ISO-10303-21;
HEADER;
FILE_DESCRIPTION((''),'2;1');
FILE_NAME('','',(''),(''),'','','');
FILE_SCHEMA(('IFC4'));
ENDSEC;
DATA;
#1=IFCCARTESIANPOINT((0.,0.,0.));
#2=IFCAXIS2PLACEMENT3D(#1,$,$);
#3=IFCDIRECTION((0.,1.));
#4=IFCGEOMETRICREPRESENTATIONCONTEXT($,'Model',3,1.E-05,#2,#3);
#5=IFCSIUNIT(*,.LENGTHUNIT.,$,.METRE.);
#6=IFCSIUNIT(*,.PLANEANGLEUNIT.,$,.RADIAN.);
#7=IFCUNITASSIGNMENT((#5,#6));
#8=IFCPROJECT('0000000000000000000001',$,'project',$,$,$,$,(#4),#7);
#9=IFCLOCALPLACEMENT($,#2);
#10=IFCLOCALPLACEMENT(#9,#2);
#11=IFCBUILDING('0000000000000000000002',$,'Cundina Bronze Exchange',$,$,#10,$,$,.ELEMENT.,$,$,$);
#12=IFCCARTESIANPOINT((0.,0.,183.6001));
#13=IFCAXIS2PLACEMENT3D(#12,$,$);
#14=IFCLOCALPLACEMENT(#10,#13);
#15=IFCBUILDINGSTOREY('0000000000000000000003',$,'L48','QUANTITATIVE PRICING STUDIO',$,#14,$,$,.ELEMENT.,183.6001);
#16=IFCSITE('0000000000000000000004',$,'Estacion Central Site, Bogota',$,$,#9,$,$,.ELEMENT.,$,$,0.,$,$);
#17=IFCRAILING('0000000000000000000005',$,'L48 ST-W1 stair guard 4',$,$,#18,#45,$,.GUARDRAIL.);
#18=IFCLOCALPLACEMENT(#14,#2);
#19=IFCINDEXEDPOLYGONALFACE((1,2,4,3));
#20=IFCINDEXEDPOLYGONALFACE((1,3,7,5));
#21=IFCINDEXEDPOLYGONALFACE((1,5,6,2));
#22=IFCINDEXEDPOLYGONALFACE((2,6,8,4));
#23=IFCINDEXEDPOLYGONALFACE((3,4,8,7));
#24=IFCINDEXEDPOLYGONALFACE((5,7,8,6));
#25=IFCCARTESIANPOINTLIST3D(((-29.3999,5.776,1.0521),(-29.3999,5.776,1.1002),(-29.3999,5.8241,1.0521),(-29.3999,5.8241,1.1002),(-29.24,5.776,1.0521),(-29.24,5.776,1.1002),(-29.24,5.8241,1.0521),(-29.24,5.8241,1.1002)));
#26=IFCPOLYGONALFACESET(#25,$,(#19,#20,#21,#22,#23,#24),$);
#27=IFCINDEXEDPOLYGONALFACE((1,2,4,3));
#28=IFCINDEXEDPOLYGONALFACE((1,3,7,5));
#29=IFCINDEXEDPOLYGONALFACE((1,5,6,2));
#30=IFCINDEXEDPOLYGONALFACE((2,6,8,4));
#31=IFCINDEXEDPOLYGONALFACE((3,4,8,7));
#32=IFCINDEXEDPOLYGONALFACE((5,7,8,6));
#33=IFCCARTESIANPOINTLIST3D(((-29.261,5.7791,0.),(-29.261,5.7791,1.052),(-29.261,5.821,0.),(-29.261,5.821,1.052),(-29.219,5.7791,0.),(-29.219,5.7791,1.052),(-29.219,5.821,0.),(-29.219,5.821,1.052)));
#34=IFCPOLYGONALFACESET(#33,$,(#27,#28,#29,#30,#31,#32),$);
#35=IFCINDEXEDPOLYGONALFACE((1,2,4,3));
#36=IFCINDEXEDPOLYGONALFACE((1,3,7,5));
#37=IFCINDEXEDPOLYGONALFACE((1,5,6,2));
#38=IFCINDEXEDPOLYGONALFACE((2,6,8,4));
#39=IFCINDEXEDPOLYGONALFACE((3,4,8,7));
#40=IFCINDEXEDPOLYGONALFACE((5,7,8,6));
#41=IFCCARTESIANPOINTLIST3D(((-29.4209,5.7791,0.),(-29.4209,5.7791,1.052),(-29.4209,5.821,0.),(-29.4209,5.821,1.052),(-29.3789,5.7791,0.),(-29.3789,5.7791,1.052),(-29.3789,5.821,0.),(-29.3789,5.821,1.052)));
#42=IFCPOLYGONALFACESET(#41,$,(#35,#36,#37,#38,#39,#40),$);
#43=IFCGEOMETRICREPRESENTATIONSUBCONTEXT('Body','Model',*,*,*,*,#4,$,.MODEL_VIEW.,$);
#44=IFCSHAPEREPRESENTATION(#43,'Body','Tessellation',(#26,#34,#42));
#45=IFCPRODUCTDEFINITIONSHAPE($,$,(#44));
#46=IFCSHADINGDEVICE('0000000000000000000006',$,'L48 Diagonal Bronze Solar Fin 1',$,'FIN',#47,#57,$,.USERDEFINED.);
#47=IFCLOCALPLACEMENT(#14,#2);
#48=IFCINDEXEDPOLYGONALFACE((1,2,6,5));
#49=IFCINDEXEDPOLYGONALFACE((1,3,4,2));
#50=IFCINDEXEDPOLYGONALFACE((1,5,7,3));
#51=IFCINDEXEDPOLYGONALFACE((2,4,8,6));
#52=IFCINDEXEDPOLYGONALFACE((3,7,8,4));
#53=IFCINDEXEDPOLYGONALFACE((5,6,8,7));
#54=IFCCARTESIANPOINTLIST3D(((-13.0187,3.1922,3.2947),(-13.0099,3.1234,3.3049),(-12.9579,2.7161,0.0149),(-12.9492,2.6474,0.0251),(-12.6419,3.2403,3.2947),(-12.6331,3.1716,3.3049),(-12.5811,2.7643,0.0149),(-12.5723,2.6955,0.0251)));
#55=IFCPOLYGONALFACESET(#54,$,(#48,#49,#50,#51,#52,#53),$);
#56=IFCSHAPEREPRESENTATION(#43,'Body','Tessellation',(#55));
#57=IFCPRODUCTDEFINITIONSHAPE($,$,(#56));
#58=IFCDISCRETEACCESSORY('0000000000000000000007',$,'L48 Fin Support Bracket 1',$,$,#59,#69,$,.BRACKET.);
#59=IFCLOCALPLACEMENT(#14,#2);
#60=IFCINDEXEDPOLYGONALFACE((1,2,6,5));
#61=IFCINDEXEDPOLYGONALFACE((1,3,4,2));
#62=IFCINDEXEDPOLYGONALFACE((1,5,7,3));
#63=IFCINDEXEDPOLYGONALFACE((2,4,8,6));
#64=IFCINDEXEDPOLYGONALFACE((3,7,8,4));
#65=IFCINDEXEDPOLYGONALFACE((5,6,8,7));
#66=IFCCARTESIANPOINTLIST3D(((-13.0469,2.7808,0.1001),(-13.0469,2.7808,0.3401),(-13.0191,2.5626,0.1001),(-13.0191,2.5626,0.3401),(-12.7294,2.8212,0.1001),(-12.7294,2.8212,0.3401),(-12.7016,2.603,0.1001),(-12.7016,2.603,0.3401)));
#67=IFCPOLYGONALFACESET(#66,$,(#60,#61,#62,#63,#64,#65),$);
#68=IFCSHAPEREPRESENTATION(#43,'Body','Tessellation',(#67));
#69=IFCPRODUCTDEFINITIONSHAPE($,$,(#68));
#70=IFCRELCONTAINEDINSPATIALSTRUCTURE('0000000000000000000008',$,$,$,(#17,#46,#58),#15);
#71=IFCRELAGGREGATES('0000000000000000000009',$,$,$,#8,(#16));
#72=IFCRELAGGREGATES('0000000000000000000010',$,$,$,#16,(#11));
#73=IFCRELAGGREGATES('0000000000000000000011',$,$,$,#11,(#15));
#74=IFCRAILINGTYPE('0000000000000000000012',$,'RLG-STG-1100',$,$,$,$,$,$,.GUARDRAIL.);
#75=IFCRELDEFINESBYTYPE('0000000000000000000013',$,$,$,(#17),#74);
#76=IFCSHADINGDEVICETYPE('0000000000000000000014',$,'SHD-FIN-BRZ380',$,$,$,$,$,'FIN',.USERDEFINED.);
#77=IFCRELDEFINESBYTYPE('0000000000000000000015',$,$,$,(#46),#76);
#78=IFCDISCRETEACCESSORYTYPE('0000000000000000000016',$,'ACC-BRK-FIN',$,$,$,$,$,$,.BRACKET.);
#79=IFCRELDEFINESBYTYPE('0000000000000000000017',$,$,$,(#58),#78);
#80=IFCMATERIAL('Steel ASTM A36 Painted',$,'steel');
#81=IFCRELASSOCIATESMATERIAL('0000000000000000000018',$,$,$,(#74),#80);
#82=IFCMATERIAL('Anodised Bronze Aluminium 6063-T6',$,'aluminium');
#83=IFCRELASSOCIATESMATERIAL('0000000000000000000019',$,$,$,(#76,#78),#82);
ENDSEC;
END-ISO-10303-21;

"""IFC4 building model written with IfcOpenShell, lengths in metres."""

from ifc_helpers import new_model, si_unit, direction, frame, origin, origin_2d, place, context, subcontext, project, spatial, rectangle, extrude, material, material_profile, profile_set, type_object, element, save


model = new_model("IFC4")

# Units and contexts
model_context = context("Model", 3, precision=1e-05, world=origin(), true_north=direction((0.0, 1.0)))
body_context = subcontext(model_context, "Body", "Model", "MODEL_VIEW")
ifc_project = project(units=[si_unit("LENGTHUNIT", "METRE"), si_unit("PLANEANGLEUNIT", "RADIAN")], contexts=[model_context])

# Site, building, storey
site_placement = place(None, origin())
site = spatial("IfcSite", under=ifc_project, at=site_placement, Name="Estacion Central Site, Bogota", CompositionType="ELEMENT", RefElevation=0.0)
building_placement = place(site_placement, origin())
building = spatial("IfcBuilding", under=site, at=building_placement, Name="Cundina Bronze Exchange", CompositionType="ELEMENT")
storey_placement = place(building_placement, frame((0.0, 0.0, 183.6001)))
storey = spatial("IfcBuildingStorey", under=building, at=storey_placement, Name="L48", Description="QUANTITATIVE PRICING STUDIO", CompositionType="ELEMENT", Elevation=183.6001)

# Shared definitions
ifc_material_1 = material(Name="Anodised Bronze Aluminium 6063-T6", Category="aluminium")

# Shared definitions
ifc_material_2 = material(Name="Steel ASTM A36 Painted", Category="steel")

# Railing
railing_type_1 = type_object("IfcRailingType", Name="RLG-STG-1100", PredefinedType="GUARDRAIL", material=ifc_material_2)
railing_1_placement = place(storey_placement, frame((-29.24, 5.8, 0.0)))
element("IfcRailing", 1, at=railing_1_placement, inside=storey, type_object=railing_type_1, Name="L48 ST-W1 stair guard 4", PredefinedType="GUARDRAIL", context=body_context, shape_type="SweptSolid", body=[
    extrude(rectangle(XDim=0.0481, YDim=0.0481, at=origin_2d()), frame((0.0, 0.0, 1.0762), z_axis=(-1.0, 0.0, 0.0), x_axis=(0.0, -1.0, 0.0)), (0.0, 0.0, 1.0), 0.1599),
    extrude(rectangle(XDim=0.042, YDim=0.042, at=origin_2d()), origin(), (0.0, 0.0, 1.0), 1.052),
    extrude(rectangle(XDim=0.042, YDim=0.042, at=origin_2d()), frame((-0.1599, 0.0, 0.0)), (0.0, 0.0, 1.0), 1.052),
])

# Shading device
ifc_material_profile_1 = material_profile(ifc_material_1, rectangle(XDim=0.0701, YDim=0.3799, at=origin_2d()), Name="FIN70X380", Category="aluminium")
ifc_profile_set_1 = profile_set([ifc_material_profile_1], Name="Anodised Bronze Aluminium 6063-T6")
shading_device_type = type_object("IfcShadingDeviceType", Name="SHD-FIN-BRZ380", ElementType="FIN", PredefinedType="USERDEFINED", material=ifc_profile_set_1)
shading_device_placement = place(storey_placement, frame((-12.7651, 2.7058, 0.02), z_axis=(-0.01834, 0.143624, 0.989462), x_axis=(0.125329, -0.981493, 0.144791)))
element("IfcShadingDevice", 2, at=shading_device_placement, inside=storey, type_object=shading_device_type, Name="L48 Diagonal Bronze Solar Fin 1", ObjectType="FIN", PredefinedType="USERDEFINED", context=body_context, shape_type="SweptSolid", body=[
    extrude(rectangle(XDim=0.0701, YDim=0.3799, at=origin_2d()), origin(), (0.0, 0.0, 1.0), 3.3147),
])

# Discrete accessory
discrete_accessory_type = type_object("IfcDiscreteAccessoryType", Name="ACC-BRK-FIN", PredefinedType="BRACKET", material=ifc_material_1)
discrete_accessory_placement = place(storey_placement, frame((-12.8743, 2.6919, 0.1001), z_axis=(0.0, 0.0, 1.0), x_axis=(-0.126476, 0.99197, 0.0)))
element("IfcDiscreteAccessory", 3, at=discrete_accessory_placement, inside=storey, type_object=discrete_accessory_type, Name="L48 Fin Support Bracket 1", PredefinedType="BRACKET", context=body_context, shape_type="SweptSolid", body=[
    extrude(rectangle(XDim=0.22, YDim=0.3201, at=origin_2d()), origin(), (0.0, 0.0, 1.0), 0.24),
])

save(model, "model.ifc")
